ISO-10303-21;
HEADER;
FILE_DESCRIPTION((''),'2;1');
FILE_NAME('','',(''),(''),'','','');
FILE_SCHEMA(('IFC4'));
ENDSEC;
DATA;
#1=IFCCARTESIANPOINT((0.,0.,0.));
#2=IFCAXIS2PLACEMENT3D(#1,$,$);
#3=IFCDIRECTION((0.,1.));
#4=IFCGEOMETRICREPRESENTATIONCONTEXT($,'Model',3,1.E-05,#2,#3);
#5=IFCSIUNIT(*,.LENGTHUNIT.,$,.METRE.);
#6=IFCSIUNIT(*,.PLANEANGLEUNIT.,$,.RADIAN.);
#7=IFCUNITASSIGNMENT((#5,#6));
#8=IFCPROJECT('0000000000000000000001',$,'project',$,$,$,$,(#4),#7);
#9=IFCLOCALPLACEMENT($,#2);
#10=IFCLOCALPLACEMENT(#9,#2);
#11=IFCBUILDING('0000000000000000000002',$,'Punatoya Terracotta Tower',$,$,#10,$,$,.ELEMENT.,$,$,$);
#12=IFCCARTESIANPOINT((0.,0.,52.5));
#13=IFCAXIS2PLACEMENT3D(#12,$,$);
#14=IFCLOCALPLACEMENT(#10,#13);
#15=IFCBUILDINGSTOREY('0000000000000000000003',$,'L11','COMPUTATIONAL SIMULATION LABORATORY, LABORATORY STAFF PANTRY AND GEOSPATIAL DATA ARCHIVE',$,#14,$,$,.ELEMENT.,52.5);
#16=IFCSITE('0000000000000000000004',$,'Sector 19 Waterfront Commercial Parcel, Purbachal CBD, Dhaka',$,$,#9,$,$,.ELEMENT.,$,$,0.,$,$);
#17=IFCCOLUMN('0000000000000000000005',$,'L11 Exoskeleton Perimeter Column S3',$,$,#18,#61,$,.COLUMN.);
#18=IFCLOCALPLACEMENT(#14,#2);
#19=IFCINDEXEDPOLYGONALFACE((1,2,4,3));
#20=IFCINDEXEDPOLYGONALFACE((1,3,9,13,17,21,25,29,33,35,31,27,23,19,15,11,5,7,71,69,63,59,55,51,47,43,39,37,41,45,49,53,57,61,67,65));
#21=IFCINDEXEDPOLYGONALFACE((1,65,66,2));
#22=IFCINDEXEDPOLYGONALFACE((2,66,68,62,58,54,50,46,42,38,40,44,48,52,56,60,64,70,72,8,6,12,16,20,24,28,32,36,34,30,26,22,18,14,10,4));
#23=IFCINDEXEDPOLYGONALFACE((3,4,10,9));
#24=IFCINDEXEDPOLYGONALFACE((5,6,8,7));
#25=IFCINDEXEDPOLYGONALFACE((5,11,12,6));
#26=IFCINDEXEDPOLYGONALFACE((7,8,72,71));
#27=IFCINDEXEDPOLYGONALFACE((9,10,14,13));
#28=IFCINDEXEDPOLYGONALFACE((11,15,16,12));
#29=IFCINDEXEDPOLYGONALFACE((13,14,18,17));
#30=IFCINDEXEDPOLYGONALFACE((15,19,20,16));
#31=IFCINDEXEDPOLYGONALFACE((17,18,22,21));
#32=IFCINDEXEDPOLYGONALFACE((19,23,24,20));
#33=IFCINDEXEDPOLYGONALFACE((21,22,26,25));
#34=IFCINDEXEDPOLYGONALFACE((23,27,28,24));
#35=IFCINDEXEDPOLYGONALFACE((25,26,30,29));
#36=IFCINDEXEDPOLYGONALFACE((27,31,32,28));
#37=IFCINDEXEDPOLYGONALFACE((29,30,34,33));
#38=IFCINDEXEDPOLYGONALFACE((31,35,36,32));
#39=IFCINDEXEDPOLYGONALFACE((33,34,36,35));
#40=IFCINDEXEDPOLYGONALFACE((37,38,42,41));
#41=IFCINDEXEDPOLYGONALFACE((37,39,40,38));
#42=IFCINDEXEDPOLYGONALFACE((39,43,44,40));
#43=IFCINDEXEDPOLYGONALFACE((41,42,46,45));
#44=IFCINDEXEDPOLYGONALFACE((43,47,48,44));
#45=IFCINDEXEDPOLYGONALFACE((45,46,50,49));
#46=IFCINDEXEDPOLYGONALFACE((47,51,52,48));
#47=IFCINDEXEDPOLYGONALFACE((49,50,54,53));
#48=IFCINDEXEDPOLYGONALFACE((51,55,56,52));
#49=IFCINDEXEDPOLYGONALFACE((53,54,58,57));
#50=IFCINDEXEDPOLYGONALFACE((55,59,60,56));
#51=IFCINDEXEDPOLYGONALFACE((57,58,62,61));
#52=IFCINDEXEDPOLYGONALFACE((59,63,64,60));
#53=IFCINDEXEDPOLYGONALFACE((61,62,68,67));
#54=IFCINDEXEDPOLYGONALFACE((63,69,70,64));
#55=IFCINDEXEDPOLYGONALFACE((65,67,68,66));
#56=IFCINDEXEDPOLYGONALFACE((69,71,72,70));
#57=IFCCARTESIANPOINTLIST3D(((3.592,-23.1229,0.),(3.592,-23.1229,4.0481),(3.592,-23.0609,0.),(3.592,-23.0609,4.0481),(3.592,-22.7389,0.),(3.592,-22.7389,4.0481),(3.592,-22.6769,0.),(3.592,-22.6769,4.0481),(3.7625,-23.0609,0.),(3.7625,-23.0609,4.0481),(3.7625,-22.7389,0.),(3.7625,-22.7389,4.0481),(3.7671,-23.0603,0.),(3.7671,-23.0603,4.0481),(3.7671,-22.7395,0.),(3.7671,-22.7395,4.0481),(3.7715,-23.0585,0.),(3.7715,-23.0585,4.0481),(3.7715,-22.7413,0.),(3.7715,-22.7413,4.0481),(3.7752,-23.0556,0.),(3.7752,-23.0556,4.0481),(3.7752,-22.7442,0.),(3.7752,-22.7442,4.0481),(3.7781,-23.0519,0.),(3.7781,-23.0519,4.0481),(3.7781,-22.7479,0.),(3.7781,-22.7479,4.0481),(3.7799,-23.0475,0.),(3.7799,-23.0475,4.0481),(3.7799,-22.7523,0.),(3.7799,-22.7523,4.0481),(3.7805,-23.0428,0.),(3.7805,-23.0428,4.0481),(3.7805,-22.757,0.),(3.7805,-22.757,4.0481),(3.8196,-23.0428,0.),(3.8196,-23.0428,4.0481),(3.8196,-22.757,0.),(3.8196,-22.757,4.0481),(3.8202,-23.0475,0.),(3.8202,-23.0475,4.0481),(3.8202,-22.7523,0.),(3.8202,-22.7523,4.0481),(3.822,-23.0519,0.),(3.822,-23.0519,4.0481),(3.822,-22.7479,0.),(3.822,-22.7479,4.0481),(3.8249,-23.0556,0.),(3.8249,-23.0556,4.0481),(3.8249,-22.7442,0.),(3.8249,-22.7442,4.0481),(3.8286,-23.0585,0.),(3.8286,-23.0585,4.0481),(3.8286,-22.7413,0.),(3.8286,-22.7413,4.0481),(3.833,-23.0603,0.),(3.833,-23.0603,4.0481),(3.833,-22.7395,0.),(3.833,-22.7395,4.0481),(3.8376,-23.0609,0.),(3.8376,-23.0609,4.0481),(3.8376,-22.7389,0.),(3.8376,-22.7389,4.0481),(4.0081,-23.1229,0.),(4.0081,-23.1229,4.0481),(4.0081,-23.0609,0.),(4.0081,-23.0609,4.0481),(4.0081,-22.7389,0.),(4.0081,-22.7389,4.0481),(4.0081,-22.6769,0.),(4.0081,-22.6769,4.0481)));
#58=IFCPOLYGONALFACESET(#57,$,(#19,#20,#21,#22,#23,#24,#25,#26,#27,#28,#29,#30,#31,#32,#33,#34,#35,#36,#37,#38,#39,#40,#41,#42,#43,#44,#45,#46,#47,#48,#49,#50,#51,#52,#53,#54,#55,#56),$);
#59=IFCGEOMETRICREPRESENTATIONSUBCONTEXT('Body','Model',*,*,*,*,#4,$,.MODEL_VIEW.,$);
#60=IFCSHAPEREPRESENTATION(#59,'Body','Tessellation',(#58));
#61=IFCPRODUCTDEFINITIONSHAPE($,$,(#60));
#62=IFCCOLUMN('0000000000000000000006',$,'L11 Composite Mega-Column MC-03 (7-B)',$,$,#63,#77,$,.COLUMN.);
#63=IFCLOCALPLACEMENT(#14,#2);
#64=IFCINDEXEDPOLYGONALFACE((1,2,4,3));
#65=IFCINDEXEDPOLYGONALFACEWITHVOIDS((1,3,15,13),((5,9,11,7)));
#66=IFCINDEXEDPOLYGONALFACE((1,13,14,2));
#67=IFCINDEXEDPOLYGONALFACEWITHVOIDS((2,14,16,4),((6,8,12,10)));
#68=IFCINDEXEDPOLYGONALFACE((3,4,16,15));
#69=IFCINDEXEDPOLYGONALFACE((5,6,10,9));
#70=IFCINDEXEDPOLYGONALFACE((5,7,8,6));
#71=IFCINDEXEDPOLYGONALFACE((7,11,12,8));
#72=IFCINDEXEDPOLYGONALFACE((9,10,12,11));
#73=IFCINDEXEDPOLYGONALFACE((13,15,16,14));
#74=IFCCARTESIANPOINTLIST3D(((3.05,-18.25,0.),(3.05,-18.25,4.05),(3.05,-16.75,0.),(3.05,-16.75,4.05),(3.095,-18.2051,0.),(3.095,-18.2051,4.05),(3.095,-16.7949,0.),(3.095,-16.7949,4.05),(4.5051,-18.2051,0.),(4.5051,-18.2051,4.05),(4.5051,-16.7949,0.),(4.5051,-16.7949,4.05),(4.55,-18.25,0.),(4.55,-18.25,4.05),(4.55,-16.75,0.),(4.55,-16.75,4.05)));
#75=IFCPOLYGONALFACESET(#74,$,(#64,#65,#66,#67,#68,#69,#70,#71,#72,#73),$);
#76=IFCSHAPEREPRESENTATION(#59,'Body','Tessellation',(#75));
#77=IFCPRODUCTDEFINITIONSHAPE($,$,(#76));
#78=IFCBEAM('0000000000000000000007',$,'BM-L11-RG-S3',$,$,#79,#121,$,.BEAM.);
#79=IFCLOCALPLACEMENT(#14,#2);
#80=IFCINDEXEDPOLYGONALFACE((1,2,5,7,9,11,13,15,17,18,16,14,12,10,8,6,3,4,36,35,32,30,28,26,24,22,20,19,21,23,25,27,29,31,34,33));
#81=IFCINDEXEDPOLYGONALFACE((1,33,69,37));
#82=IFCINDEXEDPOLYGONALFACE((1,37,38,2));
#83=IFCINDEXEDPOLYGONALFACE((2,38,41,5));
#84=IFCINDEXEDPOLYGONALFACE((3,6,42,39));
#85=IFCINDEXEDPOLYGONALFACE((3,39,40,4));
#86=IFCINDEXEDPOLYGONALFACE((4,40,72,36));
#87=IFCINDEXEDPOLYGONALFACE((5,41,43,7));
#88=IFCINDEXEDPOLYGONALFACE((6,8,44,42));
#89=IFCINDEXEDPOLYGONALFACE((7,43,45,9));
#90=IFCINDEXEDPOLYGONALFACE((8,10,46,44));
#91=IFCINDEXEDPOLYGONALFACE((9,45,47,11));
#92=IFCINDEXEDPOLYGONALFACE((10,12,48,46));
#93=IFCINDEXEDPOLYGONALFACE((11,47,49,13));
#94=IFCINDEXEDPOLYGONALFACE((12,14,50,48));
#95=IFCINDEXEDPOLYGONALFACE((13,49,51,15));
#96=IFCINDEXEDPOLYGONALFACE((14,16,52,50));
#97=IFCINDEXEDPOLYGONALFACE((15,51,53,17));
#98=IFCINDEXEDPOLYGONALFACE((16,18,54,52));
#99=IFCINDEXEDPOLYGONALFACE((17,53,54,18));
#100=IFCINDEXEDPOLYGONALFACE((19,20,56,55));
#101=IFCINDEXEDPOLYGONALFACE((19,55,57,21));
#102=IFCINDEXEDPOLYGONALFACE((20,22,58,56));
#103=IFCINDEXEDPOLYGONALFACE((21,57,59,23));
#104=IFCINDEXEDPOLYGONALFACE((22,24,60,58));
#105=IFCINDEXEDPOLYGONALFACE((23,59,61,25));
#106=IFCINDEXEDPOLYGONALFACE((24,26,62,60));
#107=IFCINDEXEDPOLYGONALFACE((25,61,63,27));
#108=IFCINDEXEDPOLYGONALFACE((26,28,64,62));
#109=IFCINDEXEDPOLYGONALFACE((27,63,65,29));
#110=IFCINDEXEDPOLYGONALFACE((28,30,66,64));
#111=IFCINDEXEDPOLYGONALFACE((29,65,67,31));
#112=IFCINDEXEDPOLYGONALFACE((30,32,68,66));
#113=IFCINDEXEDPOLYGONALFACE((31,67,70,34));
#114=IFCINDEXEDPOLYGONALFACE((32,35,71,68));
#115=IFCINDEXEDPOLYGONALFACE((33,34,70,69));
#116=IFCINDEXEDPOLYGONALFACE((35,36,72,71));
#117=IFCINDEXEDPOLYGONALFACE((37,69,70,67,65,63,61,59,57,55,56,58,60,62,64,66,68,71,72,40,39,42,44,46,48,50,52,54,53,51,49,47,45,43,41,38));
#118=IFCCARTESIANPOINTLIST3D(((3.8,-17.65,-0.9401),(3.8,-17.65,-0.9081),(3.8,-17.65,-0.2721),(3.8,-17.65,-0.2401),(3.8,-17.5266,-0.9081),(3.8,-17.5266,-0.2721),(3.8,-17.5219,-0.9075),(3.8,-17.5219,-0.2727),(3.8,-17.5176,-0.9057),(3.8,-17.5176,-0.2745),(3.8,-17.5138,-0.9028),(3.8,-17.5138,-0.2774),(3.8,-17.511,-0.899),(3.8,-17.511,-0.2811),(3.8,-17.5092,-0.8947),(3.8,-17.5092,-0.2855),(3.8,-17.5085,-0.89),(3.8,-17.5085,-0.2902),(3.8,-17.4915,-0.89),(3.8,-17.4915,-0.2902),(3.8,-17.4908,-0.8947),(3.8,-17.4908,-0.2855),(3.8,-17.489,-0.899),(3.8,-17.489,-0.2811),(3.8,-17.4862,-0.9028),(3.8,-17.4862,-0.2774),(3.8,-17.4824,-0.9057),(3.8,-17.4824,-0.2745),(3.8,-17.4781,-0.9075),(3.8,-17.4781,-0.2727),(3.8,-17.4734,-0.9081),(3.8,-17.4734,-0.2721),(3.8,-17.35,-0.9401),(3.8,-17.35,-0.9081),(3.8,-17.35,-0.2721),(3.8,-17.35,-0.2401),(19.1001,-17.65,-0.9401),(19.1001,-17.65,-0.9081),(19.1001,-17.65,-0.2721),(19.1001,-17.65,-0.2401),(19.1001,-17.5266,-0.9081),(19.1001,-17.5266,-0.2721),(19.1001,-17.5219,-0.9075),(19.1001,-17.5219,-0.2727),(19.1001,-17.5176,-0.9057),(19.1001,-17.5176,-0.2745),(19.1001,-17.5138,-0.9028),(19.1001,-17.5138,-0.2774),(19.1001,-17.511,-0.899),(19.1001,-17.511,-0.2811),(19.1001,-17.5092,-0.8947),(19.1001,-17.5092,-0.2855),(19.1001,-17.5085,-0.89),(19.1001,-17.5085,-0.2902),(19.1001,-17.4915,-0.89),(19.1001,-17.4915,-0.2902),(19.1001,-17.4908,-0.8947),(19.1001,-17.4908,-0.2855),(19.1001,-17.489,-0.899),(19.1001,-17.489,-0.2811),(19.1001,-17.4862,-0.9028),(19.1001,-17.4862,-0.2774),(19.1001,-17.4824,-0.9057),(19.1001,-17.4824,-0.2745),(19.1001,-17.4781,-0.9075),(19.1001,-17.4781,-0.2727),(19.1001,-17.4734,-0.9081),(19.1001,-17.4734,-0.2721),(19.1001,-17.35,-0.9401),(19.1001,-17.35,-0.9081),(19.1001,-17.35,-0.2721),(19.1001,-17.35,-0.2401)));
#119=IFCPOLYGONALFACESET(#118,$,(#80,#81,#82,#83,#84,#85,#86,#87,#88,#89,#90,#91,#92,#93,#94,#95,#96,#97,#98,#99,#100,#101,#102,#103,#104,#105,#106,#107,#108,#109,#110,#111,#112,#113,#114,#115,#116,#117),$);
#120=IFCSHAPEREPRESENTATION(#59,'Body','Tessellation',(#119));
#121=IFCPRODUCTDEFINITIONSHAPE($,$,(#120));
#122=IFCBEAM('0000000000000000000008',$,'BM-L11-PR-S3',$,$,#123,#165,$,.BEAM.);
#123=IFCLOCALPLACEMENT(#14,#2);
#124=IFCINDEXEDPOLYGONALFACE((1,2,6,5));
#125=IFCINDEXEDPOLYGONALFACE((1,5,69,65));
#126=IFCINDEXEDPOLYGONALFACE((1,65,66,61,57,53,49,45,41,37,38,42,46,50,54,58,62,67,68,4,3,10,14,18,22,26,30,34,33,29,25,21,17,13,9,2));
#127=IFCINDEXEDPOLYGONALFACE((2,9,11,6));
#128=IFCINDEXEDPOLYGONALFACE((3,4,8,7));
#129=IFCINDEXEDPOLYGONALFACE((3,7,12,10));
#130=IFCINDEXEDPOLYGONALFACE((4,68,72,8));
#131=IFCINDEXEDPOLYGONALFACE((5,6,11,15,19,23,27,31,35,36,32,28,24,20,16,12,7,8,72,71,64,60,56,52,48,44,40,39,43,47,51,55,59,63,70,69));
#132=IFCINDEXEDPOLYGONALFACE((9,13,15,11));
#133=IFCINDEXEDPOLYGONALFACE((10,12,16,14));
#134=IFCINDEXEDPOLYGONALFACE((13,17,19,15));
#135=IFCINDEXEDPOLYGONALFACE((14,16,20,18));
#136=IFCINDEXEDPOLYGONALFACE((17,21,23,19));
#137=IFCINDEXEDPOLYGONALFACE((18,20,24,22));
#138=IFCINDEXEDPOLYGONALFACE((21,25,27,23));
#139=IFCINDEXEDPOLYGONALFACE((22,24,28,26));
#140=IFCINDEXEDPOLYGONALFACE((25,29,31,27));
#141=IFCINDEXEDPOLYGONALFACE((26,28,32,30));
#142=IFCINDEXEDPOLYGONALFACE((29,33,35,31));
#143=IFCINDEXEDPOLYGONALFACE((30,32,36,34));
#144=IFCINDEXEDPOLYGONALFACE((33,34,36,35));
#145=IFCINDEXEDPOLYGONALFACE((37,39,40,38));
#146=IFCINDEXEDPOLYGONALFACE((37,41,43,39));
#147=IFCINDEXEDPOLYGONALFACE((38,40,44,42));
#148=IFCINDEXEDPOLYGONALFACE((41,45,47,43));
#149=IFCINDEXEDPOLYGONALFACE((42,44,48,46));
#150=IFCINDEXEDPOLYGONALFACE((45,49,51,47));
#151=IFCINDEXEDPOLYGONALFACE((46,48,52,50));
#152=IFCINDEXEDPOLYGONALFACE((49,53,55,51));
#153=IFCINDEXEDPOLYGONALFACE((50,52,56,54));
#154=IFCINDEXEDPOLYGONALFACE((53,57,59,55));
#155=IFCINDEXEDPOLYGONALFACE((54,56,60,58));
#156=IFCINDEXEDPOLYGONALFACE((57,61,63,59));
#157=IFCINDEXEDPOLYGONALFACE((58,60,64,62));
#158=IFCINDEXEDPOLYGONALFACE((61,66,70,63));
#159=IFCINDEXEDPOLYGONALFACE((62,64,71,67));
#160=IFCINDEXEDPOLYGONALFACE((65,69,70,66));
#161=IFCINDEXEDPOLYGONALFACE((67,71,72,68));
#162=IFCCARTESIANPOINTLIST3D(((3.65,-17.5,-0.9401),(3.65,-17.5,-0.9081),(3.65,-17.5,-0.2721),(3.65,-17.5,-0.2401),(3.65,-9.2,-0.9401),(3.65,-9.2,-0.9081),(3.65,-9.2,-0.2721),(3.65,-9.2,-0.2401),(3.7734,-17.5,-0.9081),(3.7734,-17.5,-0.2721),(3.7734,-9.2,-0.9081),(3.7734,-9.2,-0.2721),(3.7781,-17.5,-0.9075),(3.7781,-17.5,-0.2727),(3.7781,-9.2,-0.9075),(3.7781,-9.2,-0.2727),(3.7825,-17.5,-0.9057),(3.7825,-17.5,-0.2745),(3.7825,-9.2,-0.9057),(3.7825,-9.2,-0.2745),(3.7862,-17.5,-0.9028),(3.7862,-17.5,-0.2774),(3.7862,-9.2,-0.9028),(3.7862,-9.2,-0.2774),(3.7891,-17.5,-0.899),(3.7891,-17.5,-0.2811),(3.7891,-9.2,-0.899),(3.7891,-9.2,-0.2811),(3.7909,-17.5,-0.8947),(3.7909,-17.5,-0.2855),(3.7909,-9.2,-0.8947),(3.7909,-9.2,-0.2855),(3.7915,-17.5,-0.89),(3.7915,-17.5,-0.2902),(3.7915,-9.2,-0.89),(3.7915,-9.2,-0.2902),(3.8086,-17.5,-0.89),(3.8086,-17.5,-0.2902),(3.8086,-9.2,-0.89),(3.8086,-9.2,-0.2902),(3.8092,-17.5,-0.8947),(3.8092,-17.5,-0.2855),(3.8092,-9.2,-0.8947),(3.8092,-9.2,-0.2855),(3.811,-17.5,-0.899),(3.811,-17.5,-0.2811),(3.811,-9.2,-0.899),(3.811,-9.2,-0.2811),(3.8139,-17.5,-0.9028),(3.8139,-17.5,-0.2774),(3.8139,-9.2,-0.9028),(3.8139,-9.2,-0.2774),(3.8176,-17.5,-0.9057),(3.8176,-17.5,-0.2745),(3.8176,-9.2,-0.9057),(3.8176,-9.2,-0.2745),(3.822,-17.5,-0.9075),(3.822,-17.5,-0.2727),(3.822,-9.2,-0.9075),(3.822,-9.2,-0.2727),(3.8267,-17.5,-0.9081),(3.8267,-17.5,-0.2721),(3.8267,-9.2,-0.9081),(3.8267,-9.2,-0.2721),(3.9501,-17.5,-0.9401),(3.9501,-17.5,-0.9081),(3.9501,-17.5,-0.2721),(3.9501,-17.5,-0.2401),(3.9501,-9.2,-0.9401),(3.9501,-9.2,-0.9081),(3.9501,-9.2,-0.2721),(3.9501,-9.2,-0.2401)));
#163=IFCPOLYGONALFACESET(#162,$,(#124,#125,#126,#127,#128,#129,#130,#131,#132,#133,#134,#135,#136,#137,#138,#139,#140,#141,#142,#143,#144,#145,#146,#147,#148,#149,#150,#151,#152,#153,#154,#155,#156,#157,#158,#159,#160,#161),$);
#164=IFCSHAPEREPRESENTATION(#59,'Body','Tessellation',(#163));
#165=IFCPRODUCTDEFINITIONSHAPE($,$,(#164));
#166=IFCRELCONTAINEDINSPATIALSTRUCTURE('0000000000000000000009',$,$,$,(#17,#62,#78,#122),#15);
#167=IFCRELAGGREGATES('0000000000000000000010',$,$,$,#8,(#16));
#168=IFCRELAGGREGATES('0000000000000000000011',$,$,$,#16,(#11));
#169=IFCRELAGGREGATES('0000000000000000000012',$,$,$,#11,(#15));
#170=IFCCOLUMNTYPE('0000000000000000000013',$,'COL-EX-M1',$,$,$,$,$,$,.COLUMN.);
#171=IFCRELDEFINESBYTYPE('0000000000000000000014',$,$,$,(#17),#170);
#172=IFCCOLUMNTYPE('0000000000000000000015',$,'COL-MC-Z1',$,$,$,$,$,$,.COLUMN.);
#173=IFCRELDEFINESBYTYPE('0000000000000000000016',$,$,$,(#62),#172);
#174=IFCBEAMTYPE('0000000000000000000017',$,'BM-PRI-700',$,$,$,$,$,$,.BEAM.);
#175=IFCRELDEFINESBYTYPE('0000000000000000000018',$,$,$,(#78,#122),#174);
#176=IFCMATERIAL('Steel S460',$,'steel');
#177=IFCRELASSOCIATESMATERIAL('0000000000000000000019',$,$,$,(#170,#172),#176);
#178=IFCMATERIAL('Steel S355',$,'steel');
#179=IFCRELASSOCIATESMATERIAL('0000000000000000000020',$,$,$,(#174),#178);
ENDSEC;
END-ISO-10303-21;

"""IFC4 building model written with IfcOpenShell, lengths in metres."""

from ifc_helpers import new_model, si_unit, direction, frame, origin, origin_2d, place, context, subcontext, project, spatial, hollow_rectangle, i_section, extrude, material, material_profile, profile_set, type_object, element, save


model = new_model("IFC4")

# Units and contexts
model_context = context("Model", 3, precision=1e-05, world=origin(), true_north=direction((0.0, 1.0)))
body_context = subcontext(model_context, "Body", "Model", "MODEL_VIEW")
ifc_project = project(units=[si_unit("LENGTHUNIT", "METRE"), si_unit("PLANEANGLEUNIT", "RADIAN")], contexts=[model_context])

# Site, building, storey
site_placement = place(None, origin())
site = spatial("IfcSite", under=ifc_project, at=site_placement, Name="Sector 19 Waterfront Commercial Parcel, Purbachal CBD, Dhaka", CompositionType="ELEMENT", RefElevation=0.0)
building_placement = place(site_placement, origin())
building = spatial("IfcBuilding", under=site, at=building_placement, Name="Punatoya Terracotta Tower", CompositionType="ELEMENT")
storey_placement = place(building_placement, frame((0.0, 0.0, 52.5)))
storey = spatial("IfcBuildingStorey", under=building, at=storey_placement, Name="L11", Description="COMPUTATIONAL SIMULATION LABORATORY, LABORATORY STAFF PANTRY AND GEOSPATIAL DATA ARCHIVE", CompositionType="ELEMENT", Elevation=52.5)

# Columns
ifc_material_1 = material(Name="Steel S460", Category="steel")
ifc_material_profile_1 = material_profile(ifc_material_1, i_section(OverallWidth=0.416, OverallDepth=0.446, WebThickness=0.0391, FlangeThickness=0.062, FilletRadius=0.0181, at=origin_2d()))
ifc_profile_set_1 = profile_set([ifc_material_profile_1], Name="Steel S460")
column_type_1 = type_object("IfcColumnType", Name="COL-EX-M1", PredefinedType="COLUMN", material=ifc_profile_set_1)
column_1_placement = place(storey_placement, frame((3.8, -22.8999, 0.0), z_axis=(0.0, 0.0, 1.0), x_axis=(1.0, 0.0, 0.0)))
element("IfcColumn", 1, at=column_1_placement, inside=storey, type_object=column_type_1, Name="L11 Exoskeleton Perimeter Column S3", PredefinedType="COLUMN", context=body_context, shape_type="SweptSolid", body=[
    extrude(i_section(OverallWidth=0.416, OverallDepth=0.446, WebThickness=0.0391, FlangeThickness=0.062, FilletRadius=0.0181, at=origin_2d()), origin(), (0.0, 0.0, 1.0), 4.0481),
])
ifc_material_profile_2 = material_profile(ifc_material_1, hollow_rectangle(XDim=1.5, YDim=1.5, WallThickness=0.0449, at=origin_2d()))
ifc_profile_set_2 = profile_set([ifc_material_profile_2], Name="Steel S460")
column_type_2 = type_object("IfcColumnType", Name="COL-MC-Z1", PredefinedType="COLUMN", material=ifc_profile_set_2)
column_2_placement = place(storey_placement, frame((3.8, -17.5, 0.0), z_axis=(0.0, 0.0, 1.0), x_axis=(1.0, 0.0, 0.0)))
element("IfcColumn", 2, at=column_2_placement, inside=storey, type_object=column_type_2, Name="L11 Composite Mega-Column MC-03 (7-B)", PredefinedType="COLUMN", context=body_context, shape_type="SweptSolid", body=[
    extrude(hollow_rectangle(XDim=1.5, YDim=1.5, WallThickness=0.0449, at=origin_2d()), origin(), (0.0, 0.0, 1.0), 4.05),
])

# Beams
ifc_material_2 = material(Name="Steel S355", Category="steel")
ifc_material_profile_3 = material_profile(ifc_material_2, i_section(OverallWidth=0.3, OverallDepth=0.7, WebThickness=0.0171, FlangeThickness=0.032, FilletRadius=0.0181, at=origin_2d()))
ifc_profile_set_3 = profile_set([ifc_material_profile_3], Name="Steel S355")
beam_type_1 = type_object("IfcBeamType", Name="BM-PRI-700", PredefinedType="BEAM", material=ifc_profile_set_3)
beam_1_placement = place(storey_placement, frame((3.8, -17.5, -0.5901), z_axis=(1.0, 0.0, 0.0), x_axis=(0.0, 1.0, 0.0)))
element("IfcBeam", 3, at=beam_1_placement, inside=storey, type_object=beam_type_1, Name="BM-L11-RG-S3", PredefinedType="BEAM", context=body_context, shape_type="SweptSolid", body=[
    extrude(i_section(OverallWidth=0.3, OverallDepth=0.7, WebThickness=0.0171, FlangeThickness=0.032, FilletRadius=0.0181, at=origin_2d()), origin(), (0.0, 0.0, 1.0), 15.3),
])
beam_2_placement = place(storey_placement, frame((3.8, -17.5, -0.5901), z_axis=(0.0, 1.0, 0.0), x_axis=(-1.0, 0.0, 0.0)))
element("IfcBeam", 4, at=beam_2_placement, inside=storey, type_object=beam_type_1, Name="BM-L11-PR-S3", PredefinedType="BEAM", context=body_context, shape_type="SweptSolid", body=[
    extrude(i_section(OverallWidth=0.3, OverallDepth=0.7, WebThickness=0.0171, FlangeThickness=0.032, FilletRadius=0.0181, at=origin_2d()), origin(), (0.0, 0.0, 1.0), 8.3),
])

save(model, "model.ifc")
